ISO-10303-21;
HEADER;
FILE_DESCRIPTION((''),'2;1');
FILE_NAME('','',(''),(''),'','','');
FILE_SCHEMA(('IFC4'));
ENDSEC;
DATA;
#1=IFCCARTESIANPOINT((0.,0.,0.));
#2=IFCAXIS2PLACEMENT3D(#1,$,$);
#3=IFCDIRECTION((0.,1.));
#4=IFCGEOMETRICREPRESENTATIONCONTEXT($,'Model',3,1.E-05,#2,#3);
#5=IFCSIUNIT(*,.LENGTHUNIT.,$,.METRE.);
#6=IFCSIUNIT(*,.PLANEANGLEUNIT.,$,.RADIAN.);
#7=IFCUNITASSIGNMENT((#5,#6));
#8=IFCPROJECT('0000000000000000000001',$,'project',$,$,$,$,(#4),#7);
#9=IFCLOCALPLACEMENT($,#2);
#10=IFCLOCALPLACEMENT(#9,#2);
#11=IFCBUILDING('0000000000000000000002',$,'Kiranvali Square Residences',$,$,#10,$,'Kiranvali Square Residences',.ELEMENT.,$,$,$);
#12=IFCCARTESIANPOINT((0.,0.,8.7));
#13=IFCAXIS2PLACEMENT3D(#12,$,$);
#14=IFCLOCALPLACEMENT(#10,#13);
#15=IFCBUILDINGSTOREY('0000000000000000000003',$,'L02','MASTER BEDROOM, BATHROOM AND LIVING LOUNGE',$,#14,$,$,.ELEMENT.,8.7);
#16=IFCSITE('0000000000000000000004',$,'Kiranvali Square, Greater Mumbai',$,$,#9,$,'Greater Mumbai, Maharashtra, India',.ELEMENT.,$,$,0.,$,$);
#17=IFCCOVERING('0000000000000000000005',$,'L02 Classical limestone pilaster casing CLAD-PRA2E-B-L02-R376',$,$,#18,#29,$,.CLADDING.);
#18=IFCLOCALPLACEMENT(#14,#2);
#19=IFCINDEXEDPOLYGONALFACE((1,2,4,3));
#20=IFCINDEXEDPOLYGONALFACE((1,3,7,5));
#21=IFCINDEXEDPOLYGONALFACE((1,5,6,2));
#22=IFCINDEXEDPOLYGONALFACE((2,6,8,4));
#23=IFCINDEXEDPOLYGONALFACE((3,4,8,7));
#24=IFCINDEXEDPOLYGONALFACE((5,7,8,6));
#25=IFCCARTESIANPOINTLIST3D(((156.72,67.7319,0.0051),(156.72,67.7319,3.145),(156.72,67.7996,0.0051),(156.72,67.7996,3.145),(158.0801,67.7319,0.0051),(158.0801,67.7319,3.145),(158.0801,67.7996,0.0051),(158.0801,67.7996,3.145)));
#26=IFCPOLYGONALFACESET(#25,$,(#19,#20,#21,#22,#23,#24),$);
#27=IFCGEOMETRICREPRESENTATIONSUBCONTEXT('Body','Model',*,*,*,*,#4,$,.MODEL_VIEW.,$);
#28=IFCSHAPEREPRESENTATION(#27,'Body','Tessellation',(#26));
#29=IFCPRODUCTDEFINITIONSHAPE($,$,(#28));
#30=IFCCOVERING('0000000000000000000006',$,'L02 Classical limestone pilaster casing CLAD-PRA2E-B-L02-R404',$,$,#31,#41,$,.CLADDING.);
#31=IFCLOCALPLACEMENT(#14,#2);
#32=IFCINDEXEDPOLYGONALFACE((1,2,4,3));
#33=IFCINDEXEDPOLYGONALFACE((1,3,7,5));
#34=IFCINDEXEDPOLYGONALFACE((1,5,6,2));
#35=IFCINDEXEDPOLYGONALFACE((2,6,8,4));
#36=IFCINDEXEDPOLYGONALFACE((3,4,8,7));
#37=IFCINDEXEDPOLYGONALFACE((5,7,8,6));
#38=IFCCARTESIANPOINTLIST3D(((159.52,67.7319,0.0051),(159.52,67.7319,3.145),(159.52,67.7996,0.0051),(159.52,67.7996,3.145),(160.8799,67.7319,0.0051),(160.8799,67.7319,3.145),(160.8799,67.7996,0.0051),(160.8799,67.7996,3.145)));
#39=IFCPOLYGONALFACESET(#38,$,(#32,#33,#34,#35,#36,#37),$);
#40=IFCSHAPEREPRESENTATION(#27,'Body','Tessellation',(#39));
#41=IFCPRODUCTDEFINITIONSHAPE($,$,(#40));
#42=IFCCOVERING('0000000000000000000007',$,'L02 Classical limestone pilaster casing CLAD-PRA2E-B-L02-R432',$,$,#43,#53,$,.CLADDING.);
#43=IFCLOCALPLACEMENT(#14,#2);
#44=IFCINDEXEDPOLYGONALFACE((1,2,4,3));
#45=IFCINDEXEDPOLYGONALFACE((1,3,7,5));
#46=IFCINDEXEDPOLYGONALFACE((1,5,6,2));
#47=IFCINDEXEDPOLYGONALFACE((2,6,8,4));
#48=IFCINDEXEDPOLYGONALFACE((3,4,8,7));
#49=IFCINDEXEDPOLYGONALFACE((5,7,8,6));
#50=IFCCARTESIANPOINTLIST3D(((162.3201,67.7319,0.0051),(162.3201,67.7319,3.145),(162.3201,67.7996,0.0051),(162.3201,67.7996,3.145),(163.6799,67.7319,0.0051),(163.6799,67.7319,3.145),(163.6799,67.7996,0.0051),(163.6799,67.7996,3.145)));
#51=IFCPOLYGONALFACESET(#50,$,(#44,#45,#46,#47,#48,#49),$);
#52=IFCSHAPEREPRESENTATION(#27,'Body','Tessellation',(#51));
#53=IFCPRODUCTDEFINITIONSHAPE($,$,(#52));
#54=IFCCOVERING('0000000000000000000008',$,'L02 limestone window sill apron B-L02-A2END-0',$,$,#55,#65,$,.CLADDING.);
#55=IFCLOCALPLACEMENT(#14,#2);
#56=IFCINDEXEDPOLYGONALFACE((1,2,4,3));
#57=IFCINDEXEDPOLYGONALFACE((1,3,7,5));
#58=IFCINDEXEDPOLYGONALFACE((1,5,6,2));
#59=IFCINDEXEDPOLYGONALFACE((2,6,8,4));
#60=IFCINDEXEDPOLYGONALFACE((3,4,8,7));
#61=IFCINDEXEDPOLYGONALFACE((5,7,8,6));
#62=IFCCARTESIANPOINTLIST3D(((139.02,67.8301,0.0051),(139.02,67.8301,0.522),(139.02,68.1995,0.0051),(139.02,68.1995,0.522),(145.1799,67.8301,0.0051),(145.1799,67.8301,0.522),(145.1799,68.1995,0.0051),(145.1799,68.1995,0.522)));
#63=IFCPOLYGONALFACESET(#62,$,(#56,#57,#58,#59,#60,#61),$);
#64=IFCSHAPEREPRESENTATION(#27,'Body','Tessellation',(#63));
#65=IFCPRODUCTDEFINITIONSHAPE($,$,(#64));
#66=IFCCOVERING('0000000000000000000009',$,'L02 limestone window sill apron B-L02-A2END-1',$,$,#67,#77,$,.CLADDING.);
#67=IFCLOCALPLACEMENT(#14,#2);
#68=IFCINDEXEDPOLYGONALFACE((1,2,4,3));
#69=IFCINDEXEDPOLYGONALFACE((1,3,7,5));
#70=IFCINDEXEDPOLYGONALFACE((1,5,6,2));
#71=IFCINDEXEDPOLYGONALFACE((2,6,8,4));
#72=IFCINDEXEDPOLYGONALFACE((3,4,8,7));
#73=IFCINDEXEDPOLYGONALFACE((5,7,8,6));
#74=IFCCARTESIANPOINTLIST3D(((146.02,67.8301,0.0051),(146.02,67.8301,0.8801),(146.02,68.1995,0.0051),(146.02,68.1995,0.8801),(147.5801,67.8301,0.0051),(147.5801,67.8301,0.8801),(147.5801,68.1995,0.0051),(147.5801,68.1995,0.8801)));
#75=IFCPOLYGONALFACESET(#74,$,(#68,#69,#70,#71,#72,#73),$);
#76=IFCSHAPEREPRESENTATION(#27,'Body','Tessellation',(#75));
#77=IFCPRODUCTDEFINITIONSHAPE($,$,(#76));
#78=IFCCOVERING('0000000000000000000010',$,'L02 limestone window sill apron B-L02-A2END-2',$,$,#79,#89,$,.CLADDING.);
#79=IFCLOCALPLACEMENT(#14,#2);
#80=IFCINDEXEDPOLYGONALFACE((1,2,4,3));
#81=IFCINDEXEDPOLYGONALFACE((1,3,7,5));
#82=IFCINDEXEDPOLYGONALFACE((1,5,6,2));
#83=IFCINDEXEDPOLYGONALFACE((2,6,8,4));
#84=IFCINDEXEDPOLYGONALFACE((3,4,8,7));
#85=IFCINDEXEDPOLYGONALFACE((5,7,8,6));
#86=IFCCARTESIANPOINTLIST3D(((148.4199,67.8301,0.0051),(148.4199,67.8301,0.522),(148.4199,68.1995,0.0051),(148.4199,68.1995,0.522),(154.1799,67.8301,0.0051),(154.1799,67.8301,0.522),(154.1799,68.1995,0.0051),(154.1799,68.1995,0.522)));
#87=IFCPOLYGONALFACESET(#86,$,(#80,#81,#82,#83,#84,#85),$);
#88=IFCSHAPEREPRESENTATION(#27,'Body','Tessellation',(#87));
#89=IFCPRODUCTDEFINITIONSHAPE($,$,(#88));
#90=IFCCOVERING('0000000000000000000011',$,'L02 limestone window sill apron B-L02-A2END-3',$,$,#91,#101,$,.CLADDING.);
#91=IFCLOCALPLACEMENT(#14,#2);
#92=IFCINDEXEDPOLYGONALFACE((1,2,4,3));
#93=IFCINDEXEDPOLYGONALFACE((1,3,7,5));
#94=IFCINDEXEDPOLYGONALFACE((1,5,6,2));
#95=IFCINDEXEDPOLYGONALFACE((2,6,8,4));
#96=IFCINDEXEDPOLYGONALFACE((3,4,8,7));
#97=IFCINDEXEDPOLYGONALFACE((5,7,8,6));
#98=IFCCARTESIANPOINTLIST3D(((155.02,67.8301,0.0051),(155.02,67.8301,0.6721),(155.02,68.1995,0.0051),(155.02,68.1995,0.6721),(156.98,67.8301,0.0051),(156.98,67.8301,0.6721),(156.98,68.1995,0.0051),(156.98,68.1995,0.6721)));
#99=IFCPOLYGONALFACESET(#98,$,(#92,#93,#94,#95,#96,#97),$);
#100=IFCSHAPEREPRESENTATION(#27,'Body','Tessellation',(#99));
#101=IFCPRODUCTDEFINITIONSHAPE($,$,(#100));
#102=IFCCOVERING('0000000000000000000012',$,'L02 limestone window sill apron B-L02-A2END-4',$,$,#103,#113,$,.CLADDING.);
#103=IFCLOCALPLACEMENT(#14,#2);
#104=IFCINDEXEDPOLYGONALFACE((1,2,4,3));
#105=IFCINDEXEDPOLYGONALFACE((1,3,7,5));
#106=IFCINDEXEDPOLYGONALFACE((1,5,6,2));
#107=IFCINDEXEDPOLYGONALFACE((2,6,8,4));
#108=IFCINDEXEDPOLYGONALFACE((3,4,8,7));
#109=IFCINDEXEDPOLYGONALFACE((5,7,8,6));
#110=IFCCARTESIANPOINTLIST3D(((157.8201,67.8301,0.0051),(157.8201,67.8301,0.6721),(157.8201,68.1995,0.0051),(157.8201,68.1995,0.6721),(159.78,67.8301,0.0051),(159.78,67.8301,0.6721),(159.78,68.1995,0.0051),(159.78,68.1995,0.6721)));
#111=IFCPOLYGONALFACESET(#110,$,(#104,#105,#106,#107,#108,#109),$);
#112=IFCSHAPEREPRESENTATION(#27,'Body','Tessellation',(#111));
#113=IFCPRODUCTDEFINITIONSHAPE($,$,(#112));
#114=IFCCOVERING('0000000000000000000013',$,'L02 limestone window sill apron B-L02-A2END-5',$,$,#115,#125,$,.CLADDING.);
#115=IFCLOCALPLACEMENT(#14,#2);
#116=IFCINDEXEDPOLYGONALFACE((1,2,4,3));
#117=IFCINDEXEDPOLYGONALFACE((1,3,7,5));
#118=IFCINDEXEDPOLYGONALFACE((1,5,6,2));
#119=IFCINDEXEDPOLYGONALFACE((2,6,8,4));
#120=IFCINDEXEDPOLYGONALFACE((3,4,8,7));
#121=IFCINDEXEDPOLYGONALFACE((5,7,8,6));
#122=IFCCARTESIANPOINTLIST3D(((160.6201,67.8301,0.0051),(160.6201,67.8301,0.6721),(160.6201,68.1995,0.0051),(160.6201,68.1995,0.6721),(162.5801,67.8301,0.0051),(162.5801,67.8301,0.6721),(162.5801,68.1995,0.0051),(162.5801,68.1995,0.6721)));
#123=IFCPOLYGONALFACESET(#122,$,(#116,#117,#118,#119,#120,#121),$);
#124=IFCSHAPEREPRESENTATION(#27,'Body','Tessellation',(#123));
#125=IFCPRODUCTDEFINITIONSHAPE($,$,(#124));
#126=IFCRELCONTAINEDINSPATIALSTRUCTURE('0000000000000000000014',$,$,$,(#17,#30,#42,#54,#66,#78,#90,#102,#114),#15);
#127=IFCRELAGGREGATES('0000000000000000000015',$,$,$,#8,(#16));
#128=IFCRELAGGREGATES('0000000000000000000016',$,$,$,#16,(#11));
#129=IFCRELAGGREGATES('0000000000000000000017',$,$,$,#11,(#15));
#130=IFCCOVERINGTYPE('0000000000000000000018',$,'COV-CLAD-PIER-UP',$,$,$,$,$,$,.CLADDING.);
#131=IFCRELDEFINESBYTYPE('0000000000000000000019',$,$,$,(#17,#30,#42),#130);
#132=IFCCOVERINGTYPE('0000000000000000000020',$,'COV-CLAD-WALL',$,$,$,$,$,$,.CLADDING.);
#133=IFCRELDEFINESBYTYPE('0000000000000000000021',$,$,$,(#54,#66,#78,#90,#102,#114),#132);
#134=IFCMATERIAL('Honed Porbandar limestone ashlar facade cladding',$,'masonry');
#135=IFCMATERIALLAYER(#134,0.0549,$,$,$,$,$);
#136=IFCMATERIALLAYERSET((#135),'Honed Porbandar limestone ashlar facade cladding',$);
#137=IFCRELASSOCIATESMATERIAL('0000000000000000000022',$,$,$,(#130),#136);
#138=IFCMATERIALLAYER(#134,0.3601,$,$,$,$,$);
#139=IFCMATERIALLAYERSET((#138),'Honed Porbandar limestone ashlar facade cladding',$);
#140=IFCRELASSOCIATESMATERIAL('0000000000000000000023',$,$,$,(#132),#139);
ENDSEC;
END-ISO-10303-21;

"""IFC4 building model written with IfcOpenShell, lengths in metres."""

from ifc_helpers import new_model, si_unit, direction, frame, origin, place, context, subcontext, project, spatial, polyline, outline, extrude, material, layer, layer_set, type_object, element, save


model = new_model("IFC4")

# Units and contexts
model_context = context("Model", 3, precision=1e-05, world=origin(), true_north=direction((0.0, 1.0)))
body_context = subcontext(model_context, "Body", "Model", "MODEL_VIEW")
ifc_project = project(units=[si_unit("LENGTHUNIT", "METRE"), si_unit("PLANEANGLEUNIT", "RADIAN")], contexts=[model_context])

# Site, building, storey
site_placement = place(None, origin())
site = spatial("IfcSite", under=ifc_project, at=site_placement, Name="Kiranvali Square, Greater Mumbai", LongName="Greater Mumbai, Maharashtra, India", CompositionType="ELEMENT", RefElevation=0.0)
building_placement = place(site_placement, origin())
building = spatial("IfcBuilding", under=site, at=building_placement, Name="Kiranvali Square Residences", LongName="Kiranvali Square Residences", CompositionType="ELEMENT")
storey_placement = place(building_placement, frame((0.0, 0.0, 8.7)))
storey = spatial("IfcBuildingStorey", under=building, at=storey_placement, Name="L02", Description="MASTER BEDROOM, BATHROOM AND LIVING LOUNGE", CompositionType="ELEMENT", Elevation=8.7)

# Coverings
ifc_material_1 = material(Name="Honed Porbandar limestone ashlar facade cladding", Category="masonry")
ifc_layer_1 = layer(ifc_material_1, 0.0549)
ifc_layer_set_1 = layer_set([ifc_layer_1], Name="Honed Porbandar limestone ashlar facade cladding")
covering_type_1 = type_object("IfcCoveringType", Name="COV-CLAD-PIER-UP", PredefinedType="CLADDING", material=ifc_layer_set_1)
covering_1_placement = place(storey_placement, frame((0.0, 0.0, 0.0051)))
element("IfcCovering", 1, at=covering_1_placement, inside=storey, type_object=covering_type_1, Name="L02 Classical limestone pilaster casing CLAD-PRA2E-B-L02-R376", PredefinedType="CLADDING", context=body_context, shape_type="SweptSolid", body=[
    extrude(outline(polyline([(156.72, 67.7319), (158.0801, 67.7319), (158.0801, 67.7996), (156.72, 67.7996), (156.72, 67.7319)])), origin(), (0.0, 0.0, 1.0), 3.1399),
])
covering_2_placement = place(storey_placement, frame((0.0, 0.0, 0.0051)))
element("IfcCovering", 2, at=covering_2_placement, inside=storey, type_object=covering_type_1, Name="L02 Classical limestone pilaster casing CLAD-PRA2E-B-L02-R404", PredefinedType="CLADDING", context=body_context, shape_type="SweptSolid", body=[
    extrude(outline(polyline([(159.52, 67.7319), (160.8799, 67.7319), (160.8799, 67.7996), (159.52, 67.7996), (159.52, 67.7319)])), origin(), (0.0, 0.0, 1.0), 3.1399),
])
covering_3_placement = place(storey_placement, frame((0.0, 0.0, 0.0051)))
element("IfcCovering", 3, at=covering_3_placement, inside=storey, type_object=covering_type_1, Name="L02 Classical limestone pilaster casing CLAD-PRA2E-B-L02-R432", PredefinedType="CLADDING", context=body_context, shape_type="SweptSolid", body=[
    extrude(outline(polyline([(162.3201, 67.7319), (163.6799, 67.7319), (163.6799, 67.7996), (162.3201, 67.7996), (162.3201, 67.7319)])), origin(), (0.0, 0.0, 1.0), 3.1399),
])
ifc_layer_2 = layer(ifc_material_1, 0.3601)
ifc_layer_set_2 = layer_set([ifc_layer_2], Name="Honed Porbandar limestone ashlar facade cladding")
covering_type_2 = type_object("IfcCoveringType", Name="COV-CLAD-WALL", PredefinedType="CLADDING", material=ifc_layer_set_2)
covering_4_placement = place(storey_placement, frame((0.0, 0.0, 0.0051)))
element("IfcCovering", 4, at=covering_4_placement, inside=storey, type_object=covering_type_2, Name="L02 limestone window sill apron B-L02-A2END-0", PredefinedType="CLADDING", context=body_context, shape_type="SweptSolid", body=[
    extrude(outline(polyline([(139.02, 67.8301), (145.1799, 67.8301), (145.1799, 68.1995), (139.02, 68.1995), (139.02, 67.8301)])), origin(), (0.0, 0.0, 1.0), 0.5168),
])
covering_5_placement = place(storey_placement, frame((0.0, 0.0, 0.0051)))
element("IfcCovering", 5, at=covering_5_placement, inside=storey, type_object=covering_type_2, Name="L02 limestone window sill apron B-L02-A2END-1", PredefinedType="CLADDING", context=body_context, shape_type="SweptSolid", body=[
    extrude(outline(polyline([(146.02, 67.8301), (147.5801, 67.8301), (147.5801, 68.1995), (146.02, 68.1995), (146.02, 67.8301)])), origin(), (0.0, 0.0, 1.0), 0.875),
])
covering_6_placement = place(storey_placement, frame((0.0, 0.0, 0.0051)))
element("IfcCovering", 6, at=covering_6_placement, inside=storey, type_object=covering_type_2, Name="L02 limestone window sill apron B-L02-A2END-2", PredefinedType="CLADDING", context=body_context, shape_type="SweptSolid", body=[
    extrude(outline(polyline([(148.4199, 67.8301), (154.1799, 67.8301), (154.1799, 68.1995), (148.4199, 68.1995), (148.4199, 67.8301)])), origin(), (0.0, 0.0, 1.0), 0.5168),
])
covering_7_placement = place(storey_placement, frame((0.0, 0.0, 0.0051)))
element("IfcCovering", 7, at=covering_7_placement, inside=storey, type_object=covering_type_2, Name="L02 limestone window sill apron B-L02-A2END-3", PredefinedType="CLADDING", context=body_context, shape_type="SweptSolid", body=[
    extrude(outline(polyline([(155.02, 67.8301), (156.98, 67.8301), (156.98, 68.1995), (155.02, 68.1995), (155.02, 67.8301)])), origin(), (0.0, 0.0, 1.0), 0.667),
])
covering_8_placement = place(storey_placement, frame((0.0, 0.0, 0.0051)))
element("IfcCovering", 8, at=covering_8_placement, inside=storey, type_object=covering_type_2, Name="L02 limestone window sill apron B-L02-A2END-4", PredefinedType="CLADDING", context=body_context, shape_type="SweptSolid", body=[
    extrude(outline(polyline([(157.8201, 67.8301), (159.78, 67.8301), (159.78, 68.1995), (157.8201, 68.1995), (157.8201, 67.8301)])), origin(), (0.0, 0.0, 1.0), 0.667),
])
covering_9_placement = place(storey_placement, frame((0.0, 0.0, 0.0051)))
element("IfcCovering", 9, at=covering_9_placement, inside=storey, type_object=covering_type_2, Name="L02 limestone window sill apron B-L02-A2END-5", PredefinedType="CLADDING", context=body_context, shape_type="SweptSolid", body=[
    extrude(outline(polyline([(160.6201, 67.8301), (162.5801, 67.8301), (162.5801, 68.1995), (160.6201, 68.1995), (160.6201, 67.8301)])), origin(), (0.0, 0.0, 1.0), 0.667),
])

save(model, "model.ifc")
